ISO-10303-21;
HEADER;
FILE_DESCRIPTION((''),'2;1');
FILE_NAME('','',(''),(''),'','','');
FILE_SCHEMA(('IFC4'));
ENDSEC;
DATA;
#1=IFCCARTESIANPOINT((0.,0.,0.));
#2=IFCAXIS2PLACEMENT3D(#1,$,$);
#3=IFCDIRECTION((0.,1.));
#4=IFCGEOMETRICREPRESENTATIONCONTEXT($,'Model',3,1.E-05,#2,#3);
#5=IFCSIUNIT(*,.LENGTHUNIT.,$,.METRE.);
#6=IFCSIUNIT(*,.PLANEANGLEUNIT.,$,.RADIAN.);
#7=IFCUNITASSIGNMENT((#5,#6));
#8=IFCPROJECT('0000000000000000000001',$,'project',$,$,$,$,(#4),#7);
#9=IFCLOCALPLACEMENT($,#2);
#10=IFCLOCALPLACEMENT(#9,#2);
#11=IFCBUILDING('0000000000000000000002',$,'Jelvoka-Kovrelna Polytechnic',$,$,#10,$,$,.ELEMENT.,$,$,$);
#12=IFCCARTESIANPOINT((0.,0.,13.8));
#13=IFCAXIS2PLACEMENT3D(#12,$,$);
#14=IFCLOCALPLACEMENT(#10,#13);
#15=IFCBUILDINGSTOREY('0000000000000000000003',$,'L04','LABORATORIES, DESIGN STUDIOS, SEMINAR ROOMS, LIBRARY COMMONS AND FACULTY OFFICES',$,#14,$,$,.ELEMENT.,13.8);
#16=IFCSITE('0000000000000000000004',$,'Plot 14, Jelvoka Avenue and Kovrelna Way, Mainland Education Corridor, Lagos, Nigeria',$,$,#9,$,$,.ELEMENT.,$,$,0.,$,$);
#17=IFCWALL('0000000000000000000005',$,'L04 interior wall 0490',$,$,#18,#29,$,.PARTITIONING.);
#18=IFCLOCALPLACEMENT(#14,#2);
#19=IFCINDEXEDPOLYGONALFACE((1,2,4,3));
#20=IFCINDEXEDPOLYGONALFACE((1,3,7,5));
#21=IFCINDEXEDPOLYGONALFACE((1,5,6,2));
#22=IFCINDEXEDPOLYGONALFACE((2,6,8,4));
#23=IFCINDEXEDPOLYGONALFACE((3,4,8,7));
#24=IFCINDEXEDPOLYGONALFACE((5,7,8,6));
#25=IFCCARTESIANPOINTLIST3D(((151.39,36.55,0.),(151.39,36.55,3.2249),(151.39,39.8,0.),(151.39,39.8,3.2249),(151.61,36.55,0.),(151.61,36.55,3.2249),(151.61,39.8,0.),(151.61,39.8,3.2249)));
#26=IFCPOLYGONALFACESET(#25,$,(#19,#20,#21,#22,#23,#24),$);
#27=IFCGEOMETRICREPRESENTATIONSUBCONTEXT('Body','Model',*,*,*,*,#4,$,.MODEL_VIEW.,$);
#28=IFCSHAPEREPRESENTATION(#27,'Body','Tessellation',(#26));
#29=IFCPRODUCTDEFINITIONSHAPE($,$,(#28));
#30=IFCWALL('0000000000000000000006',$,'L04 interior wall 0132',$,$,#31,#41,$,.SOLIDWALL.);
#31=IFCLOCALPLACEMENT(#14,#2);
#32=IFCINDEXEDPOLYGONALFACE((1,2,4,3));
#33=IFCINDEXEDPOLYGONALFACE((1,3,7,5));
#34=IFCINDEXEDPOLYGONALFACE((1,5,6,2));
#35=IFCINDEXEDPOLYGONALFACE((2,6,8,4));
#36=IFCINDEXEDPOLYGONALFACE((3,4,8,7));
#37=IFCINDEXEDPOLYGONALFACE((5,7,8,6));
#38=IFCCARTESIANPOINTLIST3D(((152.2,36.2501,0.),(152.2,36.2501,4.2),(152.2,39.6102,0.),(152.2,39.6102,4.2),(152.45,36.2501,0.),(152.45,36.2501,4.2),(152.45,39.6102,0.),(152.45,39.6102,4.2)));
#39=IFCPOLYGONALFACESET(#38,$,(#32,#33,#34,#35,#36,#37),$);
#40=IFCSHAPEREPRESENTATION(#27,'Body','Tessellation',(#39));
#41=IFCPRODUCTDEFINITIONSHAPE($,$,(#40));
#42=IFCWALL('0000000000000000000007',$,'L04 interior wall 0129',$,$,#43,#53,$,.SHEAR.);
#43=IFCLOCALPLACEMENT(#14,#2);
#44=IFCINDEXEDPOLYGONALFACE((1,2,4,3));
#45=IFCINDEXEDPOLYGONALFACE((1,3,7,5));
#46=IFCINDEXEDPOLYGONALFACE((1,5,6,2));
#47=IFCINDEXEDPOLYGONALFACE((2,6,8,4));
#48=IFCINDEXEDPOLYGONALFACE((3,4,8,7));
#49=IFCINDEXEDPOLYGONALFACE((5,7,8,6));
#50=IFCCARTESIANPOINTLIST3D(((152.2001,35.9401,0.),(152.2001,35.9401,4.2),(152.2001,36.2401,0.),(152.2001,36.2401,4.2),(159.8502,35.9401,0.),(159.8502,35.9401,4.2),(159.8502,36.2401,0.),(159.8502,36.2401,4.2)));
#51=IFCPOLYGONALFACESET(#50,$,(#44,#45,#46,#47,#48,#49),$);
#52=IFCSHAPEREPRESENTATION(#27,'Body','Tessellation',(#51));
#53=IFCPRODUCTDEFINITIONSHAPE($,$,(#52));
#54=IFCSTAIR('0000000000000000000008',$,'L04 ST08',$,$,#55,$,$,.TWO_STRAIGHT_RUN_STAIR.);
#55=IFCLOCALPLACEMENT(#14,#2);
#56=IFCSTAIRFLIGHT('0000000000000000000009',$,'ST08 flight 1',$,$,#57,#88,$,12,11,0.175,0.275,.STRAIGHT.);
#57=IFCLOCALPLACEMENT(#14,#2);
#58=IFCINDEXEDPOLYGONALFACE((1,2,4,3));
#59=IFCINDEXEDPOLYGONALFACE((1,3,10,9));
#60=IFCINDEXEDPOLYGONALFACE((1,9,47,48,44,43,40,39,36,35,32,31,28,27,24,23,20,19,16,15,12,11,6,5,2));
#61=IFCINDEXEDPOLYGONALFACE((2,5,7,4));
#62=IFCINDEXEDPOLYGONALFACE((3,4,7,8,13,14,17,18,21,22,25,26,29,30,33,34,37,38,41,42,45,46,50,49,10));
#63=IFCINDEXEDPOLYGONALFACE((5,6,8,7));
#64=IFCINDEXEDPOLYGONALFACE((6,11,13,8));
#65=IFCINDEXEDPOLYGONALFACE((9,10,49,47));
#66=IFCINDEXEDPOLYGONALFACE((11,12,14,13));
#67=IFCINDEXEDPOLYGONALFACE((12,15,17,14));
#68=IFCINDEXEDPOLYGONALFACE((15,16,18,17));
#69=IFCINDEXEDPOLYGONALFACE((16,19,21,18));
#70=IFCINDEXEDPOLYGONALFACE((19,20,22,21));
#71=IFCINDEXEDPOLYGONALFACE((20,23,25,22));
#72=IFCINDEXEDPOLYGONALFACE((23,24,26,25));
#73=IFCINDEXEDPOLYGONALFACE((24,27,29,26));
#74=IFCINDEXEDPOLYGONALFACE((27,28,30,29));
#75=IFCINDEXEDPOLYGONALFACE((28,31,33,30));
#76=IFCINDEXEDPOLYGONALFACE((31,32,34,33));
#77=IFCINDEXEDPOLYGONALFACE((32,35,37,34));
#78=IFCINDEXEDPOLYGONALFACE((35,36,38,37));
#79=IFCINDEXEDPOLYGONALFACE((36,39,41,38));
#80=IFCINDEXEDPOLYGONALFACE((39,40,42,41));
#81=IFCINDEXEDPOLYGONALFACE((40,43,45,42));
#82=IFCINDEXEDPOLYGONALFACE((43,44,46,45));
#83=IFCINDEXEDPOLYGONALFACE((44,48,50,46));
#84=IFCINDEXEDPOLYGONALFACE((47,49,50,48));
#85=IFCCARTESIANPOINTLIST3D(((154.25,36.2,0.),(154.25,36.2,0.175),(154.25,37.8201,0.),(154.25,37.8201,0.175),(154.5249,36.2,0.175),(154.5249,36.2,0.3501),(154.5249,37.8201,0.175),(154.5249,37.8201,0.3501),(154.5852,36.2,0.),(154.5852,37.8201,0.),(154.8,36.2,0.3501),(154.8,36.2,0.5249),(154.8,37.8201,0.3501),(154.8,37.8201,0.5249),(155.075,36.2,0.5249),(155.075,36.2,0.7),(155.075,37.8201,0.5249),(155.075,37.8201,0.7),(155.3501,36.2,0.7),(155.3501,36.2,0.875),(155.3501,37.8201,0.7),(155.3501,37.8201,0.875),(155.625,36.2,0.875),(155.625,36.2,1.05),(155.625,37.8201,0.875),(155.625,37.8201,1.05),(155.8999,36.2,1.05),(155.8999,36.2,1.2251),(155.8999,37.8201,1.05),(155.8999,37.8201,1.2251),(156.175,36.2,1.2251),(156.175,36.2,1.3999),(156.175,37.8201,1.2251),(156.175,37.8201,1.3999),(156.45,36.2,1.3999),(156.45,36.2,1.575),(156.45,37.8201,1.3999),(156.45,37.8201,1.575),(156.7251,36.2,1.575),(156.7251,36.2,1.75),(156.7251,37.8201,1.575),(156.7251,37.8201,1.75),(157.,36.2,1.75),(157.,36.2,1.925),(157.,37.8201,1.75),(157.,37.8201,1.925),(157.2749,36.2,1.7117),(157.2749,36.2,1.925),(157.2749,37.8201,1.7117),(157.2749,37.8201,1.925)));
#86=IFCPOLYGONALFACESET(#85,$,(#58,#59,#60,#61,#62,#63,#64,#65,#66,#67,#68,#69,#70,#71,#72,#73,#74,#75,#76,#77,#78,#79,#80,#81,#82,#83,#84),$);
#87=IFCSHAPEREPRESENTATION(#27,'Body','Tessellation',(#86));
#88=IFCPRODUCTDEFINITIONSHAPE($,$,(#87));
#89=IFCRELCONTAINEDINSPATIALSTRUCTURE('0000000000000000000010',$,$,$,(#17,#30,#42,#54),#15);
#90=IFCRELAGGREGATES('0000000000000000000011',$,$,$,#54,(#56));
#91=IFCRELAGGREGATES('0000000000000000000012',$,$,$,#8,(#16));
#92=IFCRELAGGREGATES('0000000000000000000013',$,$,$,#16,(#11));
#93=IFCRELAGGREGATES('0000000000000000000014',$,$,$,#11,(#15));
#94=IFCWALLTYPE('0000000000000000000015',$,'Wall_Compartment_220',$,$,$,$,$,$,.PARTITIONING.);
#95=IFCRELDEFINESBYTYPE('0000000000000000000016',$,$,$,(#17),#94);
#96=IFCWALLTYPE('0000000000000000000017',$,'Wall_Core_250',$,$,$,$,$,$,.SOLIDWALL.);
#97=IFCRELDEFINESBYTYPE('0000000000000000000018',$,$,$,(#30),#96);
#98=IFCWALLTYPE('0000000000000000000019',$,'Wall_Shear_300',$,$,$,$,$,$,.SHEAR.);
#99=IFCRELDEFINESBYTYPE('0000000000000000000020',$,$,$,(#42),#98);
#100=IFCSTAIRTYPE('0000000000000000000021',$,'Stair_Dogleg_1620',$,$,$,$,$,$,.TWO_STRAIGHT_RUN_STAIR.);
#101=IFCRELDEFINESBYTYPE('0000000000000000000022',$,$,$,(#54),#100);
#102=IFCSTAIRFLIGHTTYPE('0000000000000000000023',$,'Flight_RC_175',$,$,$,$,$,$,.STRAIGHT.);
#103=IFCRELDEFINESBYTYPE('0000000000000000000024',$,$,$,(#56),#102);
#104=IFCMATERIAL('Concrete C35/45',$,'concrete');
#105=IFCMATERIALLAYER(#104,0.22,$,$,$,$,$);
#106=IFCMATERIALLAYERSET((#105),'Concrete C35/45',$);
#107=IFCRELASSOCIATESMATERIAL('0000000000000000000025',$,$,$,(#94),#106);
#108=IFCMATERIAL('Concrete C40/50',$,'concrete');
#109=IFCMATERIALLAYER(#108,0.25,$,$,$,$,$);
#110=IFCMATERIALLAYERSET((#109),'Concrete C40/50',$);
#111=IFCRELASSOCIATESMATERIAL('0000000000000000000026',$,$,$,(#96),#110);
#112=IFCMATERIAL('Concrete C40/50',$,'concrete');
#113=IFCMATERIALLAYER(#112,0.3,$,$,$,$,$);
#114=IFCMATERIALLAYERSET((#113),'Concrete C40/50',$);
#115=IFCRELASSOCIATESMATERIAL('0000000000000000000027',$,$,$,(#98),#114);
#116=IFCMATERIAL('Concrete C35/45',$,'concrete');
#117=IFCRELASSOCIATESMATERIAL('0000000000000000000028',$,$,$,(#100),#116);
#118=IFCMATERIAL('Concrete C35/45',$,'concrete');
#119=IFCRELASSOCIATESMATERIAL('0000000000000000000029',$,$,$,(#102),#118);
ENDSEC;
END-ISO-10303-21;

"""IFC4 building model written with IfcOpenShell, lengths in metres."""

from ifc_helpers import new_model, si_unit, direction, frame, frame_2d, origin, place, context, subcontext, project, spatial, polyline, rectangle, outline, extrude, material, layer, layer_set, type_object, element, aggregate, save


model = new_model("IFC4")

# Units and contexts
model_context = context("Model", 3, precision=1e-05, world=origin(), true_north=direction((0.0, 1.0)))
body_context = subcontext(model_context, "Body", "Model", "MODEL_VIEW")
ifc_project = project(units=[si_unit("LENGTHUNIT", "METRE"), si_unit("PLANEANGLEUNIT", "RADIAN")], contexts=[model_context])

# Site, building, storey
site_placement = place(None, origin())
site = spatial("IfcSite", under=ifc_project, at=site_placement, Name="Plot 14, Jelvoka Avenue and Kovrelna Way, Mainland Education Corridor, Lagos, Nigeria", CompositionType="ELEMENT", RefElevation=0.0)
building_placement = place(site_placement, origin())
building = spatial("IfcBuilding", under=site, at=building_placement, Name="Jelvoka-Kovrelna Polytechnic", CompositionType="ELEMENT")
storey_placement = place(building_placement, frame((0.0, 0.0, 13.8)))
storey = spatial("IfcBuildingStorey", under=building, at=storey_placement, Name="L04", Description="LABORATORIES, DESIGN STUDIOS, SEMINAR ROOMS, LIBRARY COMMONS AND FACULTY OFFICES", CompositionType="ELEMENT", Elevation=13.8)

# Walls
ifc_material_1 = material(Name="Concrete C35/45", Category="concrete")
ifc_layer_1 = layer(ifc_material_1, 0.22)
ifc_layer_set_1 = layer_set([ifc_layer_1], Name="Concrete C35/45")
wall_type_1 = type_object("IfcWallType", Name="Wall_Compartment_220", PredefinedType="PARTITIONING", material=ifc_layer_set_1)
wall_1_placement = place(storey_placement, frame((151.5, 36.55, 0.0), z_axis=(0.0, 0.0, 1.0), x_axis=(0.0, 1.0, 0.0)))
element("IfcWall", 1, at=wall_1_placement, inside=storey, type_object=wall_type_1, Name="L04 interior wall 0490", PredefinedType="PARTITIONING", context=body_context, shape_type="SweptSolid", body=[
    extrude(rectangle(XDim=3.25, YDim=0.22, at=frame_2d((1.625, 0.0))), origin(), (0.0, 0.0, 1.0), 3.2249),
])
ifc_material_2 = material(Name="Concrete C40/50", Category="concrete")
ifc_layer_2 = layer(ifc_material_2, 0.25)
ifc_layer_set_2 = layer_set([ifc_layer_2], Name="Concrete C40/50")
wall_type_2 = type_object("IfcWallType", Name="Wall_Core_250", PredefinedType="SOLIDWALL", material=ifc_layer_set_2)
wall_2_placement = place(storey_placement, frame((152.325, 36.25, 0.0), z_axis=(0.0, 0.0, 1.0), x_axis=(0.0, 1.0, 0.0)))
element("IfcWall", 2, at=wall_2_placement, inside=storey, type_object=wall_type_2, Name="L04 interior wall 0132", PredefinedType="SOLIDWALL", context=body_context, shape_type="SweptSolid", body=[
    extrude(rectangle(XDim=3.3601, YDim=0.25, at=frame_2d((1.6802, 0.0))), origin(), (0.0, 0.0, 1.0), 4.2),
])
ifc_material_3 = material(Name="Concrete C40/50", Category="concrete")
ifc_layer_3 = layer(ifc_material_3, 0.3)
ifc_layer_set_3 = layer_set([ifc_layer_3], Name="Concrete C40/50")
wall_type_3 = type_object("IfcWallType", Name="Wall_Shear_300", PredefinedType="SHEAR", material=ifc_layer_set_3)
wall_3_placement = place(storey_placement, frame((152.2, 36.0901, 0.0), z_axis=(0.0, 0.0, 1.0), x_axis=(1.0, 0.0, 0.0)))
element("IfcWall", 3, at=wall_3_placement, inside=storey, type_object=wall_type_3, Name="L04 interior wall 0129", PredefinedType="SHEAR", context=body_context, shape_type="SweptSolid", body=[
    extrude(rectangle(XDim=7.6501, YDim=0.3, at=frame_2d((3.8252, 0.0))), origin(), (0.0, 0.0, 1.0), 4.2),
])

# Stair, stair flight
ifc_material_4 = material(Name="Concrete C35/45", Category="concrete")
stair_type = type_object("IfcStairType", Name="Stair_Dogleg_1620", PredefinedType="TWO_STRAIGHT_RUN_STAIR", material=ifc_material_4)
stair_placement = place(storey_placement, origin())
stair = element("IfcStair", 4, at=stair_placement, inside=storey, type_object=stair_type, Name="L04 ST08", PredefinedType="TWO_STRAIGHT_RUN_STAIR")
ifc_material_5 = material(Name="Concrete C35/45", Category="concrete")
stair_flight_type = type_object("IfcStairFlightType", Name="Flight_RC_175", PredefinedType="STRAIGHT", material=ifc_material_5)
stair_flight_placement = place(storey_placement, frame((154.25, 37.01, 0.0), z_axis=(0.0, 0.0, 1.0), x_axis=(1.0, 0.0, 0.0)))
stair_flight = element("IfcStairFlight", 5, at=stair_flight_placement, type_object=stair_flight_type, Name="ST08 flight 1", NumberOfRisers=12, NumberOfTreads=11, PredefinedType="STRAIGHT", RiserHeight=0.175, TreadLength=0.275, context=body_context, shape_type="SweptSolid", body=[
    extrude(outline(polyline([(0.0, 0.0), (0.0, 0.175), (0.2749, 0.175), (0.2749, 0.3501), (0.55, 0.3501), (0.55, 0.5249), (0.825, 0.5249), (0.825, 0.7), (1.1001, 0.7), (1.1001, 0.875), (1.375, 0.875), (1.375, 1.05), (1.6499, 1.05), (1.6499, 1.2251), (1.925, 1.2251), (1.925, 1.3999), (2.2, 1.3999), (2.2, 1.575), (2.4751, 1.575), (2.4751, 1.75), (2.75, 1.75), (2.75, 1.925), (3.0249, 1.925), (3.0249, 2.1001), (3.0249, 1.7117), (0.3352, 0.0), (0.0, 0.0)])), frame((0.0, 0.8101, 0.0), z_axis=(0.0, -1.0, 0.0), x_axis=(1.0, 0.0, 0.0)), (0.0, 0.0, 1.0), 1.6201),
])
aggregate(stair, [stair_flight])

save(model, "model.ifc")
